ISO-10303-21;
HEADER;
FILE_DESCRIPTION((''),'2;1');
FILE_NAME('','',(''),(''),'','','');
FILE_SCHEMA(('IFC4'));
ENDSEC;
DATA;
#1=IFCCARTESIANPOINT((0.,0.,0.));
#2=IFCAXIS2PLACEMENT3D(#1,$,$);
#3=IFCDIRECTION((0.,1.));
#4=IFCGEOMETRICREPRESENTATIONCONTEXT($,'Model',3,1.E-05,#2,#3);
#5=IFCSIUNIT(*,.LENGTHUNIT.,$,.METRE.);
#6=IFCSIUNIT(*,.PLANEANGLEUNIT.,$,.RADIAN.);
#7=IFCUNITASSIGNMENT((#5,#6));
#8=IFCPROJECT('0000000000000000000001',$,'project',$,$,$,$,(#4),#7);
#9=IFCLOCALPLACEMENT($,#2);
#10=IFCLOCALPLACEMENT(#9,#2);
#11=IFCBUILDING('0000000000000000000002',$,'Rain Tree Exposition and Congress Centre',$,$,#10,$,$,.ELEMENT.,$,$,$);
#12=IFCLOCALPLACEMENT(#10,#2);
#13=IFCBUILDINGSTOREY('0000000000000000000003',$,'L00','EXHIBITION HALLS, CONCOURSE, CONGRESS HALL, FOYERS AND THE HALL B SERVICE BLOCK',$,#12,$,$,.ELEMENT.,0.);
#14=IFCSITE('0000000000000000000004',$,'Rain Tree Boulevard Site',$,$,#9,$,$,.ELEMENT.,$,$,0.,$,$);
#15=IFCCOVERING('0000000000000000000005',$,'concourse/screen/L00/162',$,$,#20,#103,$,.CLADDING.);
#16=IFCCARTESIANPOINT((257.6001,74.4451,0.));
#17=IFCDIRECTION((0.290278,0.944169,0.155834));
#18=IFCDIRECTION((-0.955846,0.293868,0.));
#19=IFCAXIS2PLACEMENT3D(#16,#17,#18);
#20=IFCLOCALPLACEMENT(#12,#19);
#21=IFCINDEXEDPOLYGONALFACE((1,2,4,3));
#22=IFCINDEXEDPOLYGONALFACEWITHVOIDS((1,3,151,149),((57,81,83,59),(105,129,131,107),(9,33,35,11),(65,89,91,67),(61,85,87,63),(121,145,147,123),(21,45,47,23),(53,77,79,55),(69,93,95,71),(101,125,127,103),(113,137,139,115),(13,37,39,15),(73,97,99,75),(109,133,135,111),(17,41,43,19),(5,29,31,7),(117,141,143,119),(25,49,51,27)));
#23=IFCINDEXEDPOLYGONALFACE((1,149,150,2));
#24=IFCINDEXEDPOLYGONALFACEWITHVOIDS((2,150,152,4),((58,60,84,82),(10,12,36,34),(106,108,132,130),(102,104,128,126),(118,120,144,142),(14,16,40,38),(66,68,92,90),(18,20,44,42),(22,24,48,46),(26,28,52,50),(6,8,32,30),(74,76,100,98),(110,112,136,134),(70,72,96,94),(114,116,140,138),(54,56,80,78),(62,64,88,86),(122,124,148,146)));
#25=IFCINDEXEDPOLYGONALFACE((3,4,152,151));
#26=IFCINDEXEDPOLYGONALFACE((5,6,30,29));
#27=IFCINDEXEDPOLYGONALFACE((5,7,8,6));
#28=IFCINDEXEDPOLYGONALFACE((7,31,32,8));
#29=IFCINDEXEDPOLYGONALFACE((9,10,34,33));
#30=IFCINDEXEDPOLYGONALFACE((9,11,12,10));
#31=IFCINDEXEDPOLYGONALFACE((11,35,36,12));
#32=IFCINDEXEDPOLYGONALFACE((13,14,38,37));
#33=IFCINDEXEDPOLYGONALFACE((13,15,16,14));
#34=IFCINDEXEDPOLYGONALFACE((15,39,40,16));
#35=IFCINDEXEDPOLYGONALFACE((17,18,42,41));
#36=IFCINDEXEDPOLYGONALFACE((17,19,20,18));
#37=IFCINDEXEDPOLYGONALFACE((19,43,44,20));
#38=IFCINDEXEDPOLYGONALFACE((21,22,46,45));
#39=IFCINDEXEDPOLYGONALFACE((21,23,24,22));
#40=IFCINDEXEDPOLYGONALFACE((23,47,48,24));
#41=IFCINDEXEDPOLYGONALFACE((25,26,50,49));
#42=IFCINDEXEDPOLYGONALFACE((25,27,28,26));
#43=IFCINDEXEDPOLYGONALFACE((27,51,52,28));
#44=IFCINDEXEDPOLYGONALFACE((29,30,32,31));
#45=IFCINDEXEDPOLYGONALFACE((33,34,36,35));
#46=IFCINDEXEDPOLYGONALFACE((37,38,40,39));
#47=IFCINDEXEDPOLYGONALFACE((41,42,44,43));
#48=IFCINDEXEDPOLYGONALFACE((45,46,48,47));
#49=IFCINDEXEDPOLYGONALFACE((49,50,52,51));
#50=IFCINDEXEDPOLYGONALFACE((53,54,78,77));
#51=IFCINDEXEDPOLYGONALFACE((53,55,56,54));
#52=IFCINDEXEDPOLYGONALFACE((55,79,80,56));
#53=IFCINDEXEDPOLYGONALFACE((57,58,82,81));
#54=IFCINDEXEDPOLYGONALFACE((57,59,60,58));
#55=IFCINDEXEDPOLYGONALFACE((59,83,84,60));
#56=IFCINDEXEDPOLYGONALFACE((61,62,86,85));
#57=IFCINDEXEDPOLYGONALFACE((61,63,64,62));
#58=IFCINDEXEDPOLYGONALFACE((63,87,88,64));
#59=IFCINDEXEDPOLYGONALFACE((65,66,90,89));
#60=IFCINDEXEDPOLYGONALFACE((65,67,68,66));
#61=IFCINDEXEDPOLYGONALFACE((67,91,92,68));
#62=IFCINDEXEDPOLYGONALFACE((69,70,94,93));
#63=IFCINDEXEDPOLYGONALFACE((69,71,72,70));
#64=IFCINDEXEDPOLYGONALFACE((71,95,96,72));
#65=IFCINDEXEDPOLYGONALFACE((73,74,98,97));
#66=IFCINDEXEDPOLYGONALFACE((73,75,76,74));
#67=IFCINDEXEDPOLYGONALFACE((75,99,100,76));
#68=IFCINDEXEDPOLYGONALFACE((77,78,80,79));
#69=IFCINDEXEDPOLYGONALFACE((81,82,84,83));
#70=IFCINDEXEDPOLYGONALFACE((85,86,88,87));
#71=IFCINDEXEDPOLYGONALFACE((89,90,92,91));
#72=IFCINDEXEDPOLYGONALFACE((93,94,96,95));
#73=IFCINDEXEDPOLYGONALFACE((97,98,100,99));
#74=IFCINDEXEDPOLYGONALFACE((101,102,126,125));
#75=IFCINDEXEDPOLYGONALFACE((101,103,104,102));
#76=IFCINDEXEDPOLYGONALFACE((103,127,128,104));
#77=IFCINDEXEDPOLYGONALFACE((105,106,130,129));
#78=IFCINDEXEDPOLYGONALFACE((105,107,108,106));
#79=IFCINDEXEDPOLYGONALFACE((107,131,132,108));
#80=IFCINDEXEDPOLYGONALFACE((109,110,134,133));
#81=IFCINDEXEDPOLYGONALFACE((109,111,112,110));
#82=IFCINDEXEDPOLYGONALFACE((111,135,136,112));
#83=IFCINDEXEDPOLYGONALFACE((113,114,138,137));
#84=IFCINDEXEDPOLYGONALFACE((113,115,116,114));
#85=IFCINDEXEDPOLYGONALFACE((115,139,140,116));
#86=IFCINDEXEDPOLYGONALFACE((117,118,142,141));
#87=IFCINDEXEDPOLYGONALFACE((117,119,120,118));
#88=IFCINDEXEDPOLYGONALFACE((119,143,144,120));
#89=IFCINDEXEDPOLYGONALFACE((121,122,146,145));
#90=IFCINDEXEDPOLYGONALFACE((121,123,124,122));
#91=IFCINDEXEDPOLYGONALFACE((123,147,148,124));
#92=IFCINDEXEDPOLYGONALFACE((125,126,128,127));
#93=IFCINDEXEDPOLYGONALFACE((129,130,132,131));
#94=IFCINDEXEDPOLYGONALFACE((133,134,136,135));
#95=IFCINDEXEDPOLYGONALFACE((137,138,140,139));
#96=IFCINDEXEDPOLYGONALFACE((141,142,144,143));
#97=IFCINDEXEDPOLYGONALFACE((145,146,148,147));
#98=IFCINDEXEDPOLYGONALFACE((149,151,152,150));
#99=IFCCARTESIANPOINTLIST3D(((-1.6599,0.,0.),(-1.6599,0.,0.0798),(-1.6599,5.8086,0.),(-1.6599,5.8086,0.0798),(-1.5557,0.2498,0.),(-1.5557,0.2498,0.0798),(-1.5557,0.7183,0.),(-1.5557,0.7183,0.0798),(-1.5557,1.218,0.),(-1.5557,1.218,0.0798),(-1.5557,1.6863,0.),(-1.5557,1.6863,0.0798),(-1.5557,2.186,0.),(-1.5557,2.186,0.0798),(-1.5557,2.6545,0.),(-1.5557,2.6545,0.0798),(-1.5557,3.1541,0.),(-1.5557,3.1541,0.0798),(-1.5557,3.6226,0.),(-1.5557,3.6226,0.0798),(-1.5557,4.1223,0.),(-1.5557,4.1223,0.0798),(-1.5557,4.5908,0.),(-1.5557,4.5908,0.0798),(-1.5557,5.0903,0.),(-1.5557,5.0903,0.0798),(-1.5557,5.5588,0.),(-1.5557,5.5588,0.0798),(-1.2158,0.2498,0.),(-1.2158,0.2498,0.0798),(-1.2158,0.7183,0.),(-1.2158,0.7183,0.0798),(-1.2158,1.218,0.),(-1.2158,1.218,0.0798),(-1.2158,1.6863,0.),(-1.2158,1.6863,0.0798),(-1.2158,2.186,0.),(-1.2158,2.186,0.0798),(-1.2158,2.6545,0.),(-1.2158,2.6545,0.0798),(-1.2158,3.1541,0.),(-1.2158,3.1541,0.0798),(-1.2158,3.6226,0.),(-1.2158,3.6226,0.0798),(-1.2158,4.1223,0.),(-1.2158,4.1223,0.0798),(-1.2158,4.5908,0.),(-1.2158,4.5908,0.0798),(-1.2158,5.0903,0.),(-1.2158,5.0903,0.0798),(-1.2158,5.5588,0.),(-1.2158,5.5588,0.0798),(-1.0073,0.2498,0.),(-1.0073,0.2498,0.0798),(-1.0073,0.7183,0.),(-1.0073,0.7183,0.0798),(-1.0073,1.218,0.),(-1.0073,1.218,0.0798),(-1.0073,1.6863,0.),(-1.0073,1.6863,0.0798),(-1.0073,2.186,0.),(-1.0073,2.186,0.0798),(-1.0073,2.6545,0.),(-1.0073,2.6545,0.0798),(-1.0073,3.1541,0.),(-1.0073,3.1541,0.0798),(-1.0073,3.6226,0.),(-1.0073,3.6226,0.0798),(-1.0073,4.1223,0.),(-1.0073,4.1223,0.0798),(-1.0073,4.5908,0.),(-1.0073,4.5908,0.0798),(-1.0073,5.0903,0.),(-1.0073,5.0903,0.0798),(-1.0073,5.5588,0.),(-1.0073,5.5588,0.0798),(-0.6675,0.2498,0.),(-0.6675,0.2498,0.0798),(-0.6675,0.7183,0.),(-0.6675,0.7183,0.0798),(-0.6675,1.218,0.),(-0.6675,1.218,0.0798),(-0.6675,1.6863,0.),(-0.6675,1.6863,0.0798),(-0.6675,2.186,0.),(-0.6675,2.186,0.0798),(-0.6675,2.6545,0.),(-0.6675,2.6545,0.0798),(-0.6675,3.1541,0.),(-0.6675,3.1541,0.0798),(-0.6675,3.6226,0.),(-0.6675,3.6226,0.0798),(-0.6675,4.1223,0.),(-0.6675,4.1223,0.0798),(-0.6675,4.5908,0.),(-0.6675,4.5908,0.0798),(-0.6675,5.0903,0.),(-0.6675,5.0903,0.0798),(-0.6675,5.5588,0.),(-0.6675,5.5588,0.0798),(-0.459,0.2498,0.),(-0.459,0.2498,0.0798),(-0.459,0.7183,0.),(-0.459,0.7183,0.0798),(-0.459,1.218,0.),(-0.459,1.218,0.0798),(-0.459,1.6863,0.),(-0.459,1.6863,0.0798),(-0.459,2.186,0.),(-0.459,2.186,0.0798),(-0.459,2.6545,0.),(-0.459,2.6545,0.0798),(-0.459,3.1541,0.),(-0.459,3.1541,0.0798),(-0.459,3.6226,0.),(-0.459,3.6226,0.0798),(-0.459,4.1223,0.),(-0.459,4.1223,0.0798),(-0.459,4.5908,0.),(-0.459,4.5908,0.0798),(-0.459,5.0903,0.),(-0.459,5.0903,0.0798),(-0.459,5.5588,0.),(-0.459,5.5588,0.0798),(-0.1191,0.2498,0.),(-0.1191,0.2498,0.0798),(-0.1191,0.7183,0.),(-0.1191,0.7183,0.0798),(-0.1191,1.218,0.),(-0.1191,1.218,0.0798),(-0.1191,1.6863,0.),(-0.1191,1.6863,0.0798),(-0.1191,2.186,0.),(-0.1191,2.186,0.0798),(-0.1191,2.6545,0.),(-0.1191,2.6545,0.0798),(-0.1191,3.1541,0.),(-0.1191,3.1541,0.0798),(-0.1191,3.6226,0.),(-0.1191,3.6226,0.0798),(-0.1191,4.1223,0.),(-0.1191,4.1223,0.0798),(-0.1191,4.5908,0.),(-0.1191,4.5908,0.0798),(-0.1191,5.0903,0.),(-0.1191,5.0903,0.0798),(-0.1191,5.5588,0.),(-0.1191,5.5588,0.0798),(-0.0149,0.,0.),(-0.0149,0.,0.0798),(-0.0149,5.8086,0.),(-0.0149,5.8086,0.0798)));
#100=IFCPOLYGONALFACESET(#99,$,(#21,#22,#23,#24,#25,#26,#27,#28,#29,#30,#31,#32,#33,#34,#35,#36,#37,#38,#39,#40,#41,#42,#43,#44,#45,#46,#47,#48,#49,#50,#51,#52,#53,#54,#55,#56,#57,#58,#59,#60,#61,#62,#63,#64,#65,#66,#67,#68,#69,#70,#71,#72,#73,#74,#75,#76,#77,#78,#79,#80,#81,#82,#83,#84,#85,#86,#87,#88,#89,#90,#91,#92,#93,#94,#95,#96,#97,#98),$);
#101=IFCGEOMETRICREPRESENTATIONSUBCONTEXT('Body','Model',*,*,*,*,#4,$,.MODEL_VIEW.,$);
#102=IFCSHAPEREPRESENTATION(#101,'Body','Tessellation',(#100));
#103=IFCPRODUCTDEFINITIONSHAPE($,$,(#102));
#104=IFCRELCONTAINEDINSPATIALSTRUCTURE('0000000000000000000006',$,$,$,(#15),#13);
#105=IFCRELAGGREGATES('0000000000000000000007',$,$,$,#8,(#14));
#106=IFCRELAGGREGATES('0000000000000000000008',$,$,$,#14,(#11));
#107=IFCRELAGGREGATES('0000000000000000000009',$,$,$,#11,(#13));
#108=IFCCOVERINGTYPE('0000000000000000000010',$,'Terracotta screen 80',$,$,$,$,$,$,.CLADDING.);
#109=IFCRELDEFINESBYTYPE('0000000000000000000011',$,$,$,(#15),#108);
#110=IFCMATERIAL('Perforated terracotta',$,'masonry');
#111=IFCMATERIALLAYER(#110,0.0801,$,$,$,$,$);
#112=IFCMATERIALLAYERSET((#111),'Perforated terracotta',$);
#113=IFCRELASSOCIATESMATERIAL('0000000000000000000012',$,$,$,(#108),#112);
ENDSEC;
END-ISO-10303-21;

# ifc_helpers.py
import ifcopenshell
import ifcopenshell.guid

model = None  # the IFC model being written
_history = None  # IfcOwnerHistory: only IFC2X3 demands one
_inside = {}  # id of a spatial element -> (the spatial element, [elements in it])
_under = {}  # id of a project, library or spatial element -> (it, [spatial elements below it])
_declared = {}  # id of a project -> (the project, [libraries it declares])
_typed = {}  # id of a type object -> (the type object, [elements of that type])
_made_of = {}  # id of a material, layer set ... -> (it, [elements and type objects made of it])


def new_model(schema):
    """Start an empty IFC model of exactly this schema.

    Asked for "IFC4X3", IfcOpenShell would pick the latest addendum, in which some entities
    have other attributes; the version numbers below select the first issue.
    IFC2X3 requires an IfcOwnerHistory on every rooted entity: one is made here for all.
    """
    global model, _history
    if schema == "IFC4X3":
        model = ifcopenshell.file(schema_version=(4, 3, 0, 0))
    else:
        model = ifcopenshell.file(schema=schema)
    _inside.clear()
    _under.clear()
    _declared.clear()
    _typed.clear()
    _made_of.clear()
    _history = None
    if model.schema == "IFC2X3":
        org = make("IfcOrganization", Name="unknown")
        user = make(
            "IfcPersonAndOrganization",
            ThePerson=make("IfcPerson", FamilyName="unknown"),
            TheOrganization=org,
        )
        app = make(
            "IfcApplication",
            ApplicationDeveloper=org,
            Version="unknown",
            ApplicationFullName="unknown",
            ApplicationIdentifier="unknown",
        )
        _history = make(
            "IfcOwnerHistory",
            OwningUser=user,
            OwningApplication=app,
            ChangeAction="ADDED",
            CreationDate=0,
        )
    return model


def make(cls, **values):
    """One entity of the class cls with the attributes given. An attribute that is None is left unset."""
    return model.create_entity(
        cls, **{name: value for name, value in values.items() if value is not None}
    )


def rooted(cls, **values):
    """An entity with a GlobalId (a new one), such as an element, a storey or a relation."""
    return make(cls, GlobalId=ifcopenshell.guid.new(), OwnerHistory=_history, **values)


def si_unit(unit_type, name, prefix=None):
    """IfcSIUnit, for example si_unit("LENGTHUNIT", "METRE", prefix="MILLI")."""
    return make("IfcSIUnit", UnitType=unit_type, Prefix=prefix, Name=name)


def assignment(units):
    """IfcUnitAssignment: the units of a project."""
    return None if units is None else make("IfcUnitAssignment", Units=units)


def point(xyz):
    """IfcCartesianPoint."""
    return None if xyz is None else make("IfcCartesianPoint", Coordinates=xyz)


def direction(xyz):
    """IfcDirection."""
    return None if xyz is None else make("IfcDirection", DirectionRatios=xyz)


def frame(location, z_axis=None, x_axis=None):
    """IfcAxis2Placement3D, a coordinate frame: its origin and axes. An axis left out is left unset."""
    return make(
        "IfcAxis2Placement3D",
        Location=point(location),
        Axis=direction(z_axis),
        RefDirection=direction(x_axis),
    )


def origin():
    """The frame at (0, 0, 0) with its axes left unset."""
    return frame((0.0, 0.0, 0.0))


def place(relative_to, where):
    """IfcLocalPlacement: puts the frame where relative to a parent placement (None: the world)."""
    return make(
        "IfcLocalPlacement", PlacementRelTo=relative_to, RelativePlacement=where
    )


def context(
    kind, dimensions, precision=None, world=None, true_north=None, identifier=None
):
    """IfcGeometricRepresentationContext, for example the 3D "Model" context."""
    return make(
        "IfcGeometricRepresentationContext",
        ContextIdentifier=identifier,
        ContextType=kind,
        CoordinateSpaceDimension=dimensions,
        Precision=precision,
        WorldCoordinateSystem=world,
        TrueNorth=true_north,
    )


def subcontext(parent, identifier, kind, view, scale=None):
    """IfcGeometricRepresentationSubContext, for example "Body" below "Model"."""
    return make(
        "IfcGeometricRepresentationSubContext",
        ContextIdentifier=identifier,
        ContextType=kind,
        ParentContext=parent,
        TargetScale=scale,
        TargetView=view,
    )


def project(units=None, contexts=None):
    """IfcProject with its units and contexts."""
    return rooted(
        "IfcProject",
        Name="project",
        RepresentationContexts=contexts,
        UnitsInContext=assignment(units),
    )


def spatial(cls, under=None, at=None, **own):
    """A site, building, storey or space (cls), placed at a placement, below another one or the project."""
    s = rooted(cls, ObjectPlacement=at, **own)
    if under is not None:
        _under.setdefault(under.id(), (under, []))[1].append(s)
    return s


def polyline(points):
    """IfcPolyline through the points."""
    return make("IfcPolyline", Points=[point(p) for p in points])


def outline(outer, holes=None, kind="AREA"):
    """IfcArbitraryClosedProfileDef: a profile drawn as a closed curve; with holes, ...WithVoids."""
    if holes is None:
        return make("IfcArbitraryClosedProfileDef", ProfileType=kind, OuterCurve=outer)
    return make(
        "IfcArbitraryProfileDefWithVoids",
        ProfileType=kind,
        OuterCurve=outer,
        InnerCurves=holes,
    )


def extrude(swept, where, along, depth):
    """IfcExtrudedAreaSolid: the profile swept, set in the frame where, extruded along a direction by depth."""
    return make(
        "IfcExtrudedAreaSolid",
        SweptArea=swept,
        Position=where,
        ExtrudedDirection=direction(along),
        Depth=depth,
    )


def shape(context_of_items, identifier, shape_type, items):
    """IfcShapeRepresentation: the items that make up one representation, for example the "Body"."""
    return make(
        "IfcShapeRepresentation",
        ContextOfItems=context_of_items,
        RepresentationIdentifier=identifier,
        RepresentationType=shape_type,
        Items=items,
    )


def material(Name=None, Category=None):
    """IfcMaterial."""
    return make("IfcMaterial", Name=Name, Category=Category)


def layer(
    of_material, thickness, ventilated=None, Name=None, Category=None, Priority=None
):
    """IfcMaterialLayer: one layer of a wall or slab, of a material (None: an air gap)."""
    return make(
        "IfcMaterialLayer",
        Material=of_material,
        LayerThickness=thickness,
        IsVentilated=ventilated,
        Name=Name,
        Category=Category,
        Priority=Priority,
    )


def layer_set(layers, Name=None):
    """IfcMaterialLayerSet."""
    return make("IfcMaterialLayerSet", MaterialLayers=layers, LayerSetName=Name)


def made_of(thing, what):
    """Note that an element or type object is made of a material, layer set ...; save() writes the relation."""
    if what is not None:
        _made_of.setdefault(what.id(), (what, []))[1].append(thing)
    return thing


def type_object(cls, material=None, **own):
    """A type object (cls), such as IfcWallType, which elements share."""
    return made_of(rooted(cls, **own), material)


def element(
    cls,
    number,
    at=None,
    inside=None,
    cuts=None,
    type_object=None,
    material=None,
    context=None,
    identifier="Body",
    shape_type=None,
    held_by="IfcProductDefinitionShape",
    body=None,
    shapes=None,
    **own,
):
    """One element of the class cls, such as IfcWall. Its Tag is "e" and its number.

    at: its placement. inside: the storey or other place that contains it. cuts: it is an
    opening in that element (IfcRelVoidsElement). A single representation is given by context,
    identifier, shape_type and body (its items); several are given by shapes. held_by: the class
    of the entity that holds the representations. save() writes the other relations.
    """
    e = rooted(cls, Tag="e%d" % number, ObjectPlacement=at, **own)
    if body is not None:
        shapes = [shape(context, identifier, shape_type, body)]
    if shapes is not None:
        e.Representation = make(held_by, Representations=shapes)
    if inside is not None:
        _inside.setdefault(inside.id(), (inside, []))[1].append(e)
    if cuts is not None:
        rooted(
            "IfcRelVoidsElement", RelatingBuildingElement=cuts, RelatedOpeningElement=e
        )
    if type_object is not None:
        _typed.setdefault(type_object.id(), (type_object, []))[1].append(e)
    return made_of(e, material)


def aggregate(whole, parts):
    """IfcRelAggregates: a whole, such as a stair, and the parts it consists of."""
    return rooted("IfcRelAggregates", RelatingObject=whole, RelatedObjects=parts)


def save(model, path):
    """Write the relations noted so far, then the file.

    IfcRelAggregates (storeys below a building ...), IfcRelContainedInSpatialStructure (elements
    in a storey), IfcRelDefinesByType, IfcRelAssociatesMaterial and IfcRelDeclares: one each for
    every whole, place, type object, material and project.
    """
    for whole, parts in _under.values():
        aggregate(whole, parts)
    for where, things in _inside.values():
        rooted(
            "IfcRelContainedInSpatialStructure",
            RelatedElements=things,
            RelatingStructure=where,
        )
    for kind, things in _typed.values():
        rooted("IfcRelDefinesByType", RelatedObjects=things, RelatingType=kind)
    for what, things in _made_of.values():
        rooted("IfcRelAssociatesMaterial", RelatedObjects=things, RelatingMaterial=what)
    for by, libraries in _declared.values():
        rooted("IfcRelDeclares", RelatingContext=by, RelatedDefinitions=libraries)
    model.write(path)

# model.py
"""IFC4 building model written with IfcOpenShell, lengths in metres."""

from ifc_helpers import new_model, si_unit, direction, frame, origin, place, context, subcontext, project, spatial, polyline, outline, extrude, material, layer, layer_set, type_object, element, save


model = new_model("IFC4")

# Units and contexts
model_context = context("Model", 3, precision=1e-05, world=origin(), true_north=direction((0.0, 1.0)))
body_context = subcontext(model_context, "Body", "Model", "MODEL_VIEW")
ifc_project = project(units=[si_unit("LENGTHUNIT", "METRE"), si_unit("PLANEANGLEUNIT", "RADIAN")], contexts=[model_context])

# Site, building, storey
site_placement = place(None, origin())
site = spatial("IfcSite", under=ifc_project, at=site_placement, Name="Rain Tree Boulevard Site", CompositionType="ELEMENT", RefElevation=0.0)
building_placement = place(site_placement, origin())
building = spatial("IfcBuilding", under=site, at=building_placement, Name="Rain Tree Exposition and Congress Centre", CompositionType="ELEMENT")
storey_placement = place(building_placement, origin())
storey = spatial("IfcBuildingStorey", under=building, at=storey_placement, Name="L00", Description="EXHIBITION HALLS, CONCOURSE, CONGRESS HALL, FOYERS AND THE HALL B SERVICE BLOCK", CompositionType="ELEMENT", Elevation=0.0)

# Covering
ifc_material_1 = material(Name="Perforated terracotta", Category="masonry")
ifc_layer_1 = layer(ifc_material_1, 0.0801)
ifc_layer_set_1 = layer_set([ifc_layer_1], Name="Perforated terracotta")
covering_type = type_object("IfcCoveringType", Name="Terracotta screen 80", PredefinedType="CLADDING", material=ifc_layer_set_1)
covering_1_placement = place(storey_placement, frame((257.6001, 74.4451, 0.0), z_axis=(0.290278, 0.944169, 0.155834), x_axis=(-0.955846, 0.293868, 0.0)))
element("IfcCovering", 1, at=covering_1_placement, inside=storey, type_object=covering_type, Name="concourse/screen/L00/162", PredefinedType="CLADDING", context=body_context, shape_type="SweptSolid", body=[
    extrude(outline(polyline([(-0.0149, 0.0), (-1.6599, 0.0), (-1.6599, 5.8086), (-0.0149, 5.8086), (-0.0149, 0.0)]), holes=[polyline([(-0.1191, 0.2498), (-0.1191, 0.7183), (-0.459, 0.7183), (-0.459, 0.2498), (-0.1191, 0.2498)]), polyline([(-0.1191, 1.218), (-0.1191, 1.6863), (-0.459, 1.6863), (-0.459, 1.218), (-0.1191, 1.218)]), polyline([(-0.1191, 2.186), (-0.1191, 2.6545), (-0.459, 2.6545), (-0.459, 2.186), (-0.1191, 2.186)]), polyline([(-0.1191, 3.1541), (-0.1191, 3.6226), (-0.459, 3.6226), (-0.459, 3.1541), (-0.1191, 3.1541)]), polyline([(-0.1191, 4.1223), (-0.1191, 4.5908), (-0.459, 4.5908), (-0.459, 4.1223), (-0.1191, 4.1223)]), polyline([(-0.1191, 5.0903), (-0.1191, 5.5588), (-0.459, 5.5588), (-0.459, 5.0903), (-0.1191, 5.0903)]), polyline([(-0.6675, 0.2498), (-0.6675, 0.7183), (-1.0073, 0.7183), (-1.0073, 0.2498), (-0.6675, 0.2498)]), polyline([(-0.6675, 1.218), (-0.6675, 1.6863), (-1.0073, 1.6863), (-1.0073, 1.218), (-0.6675, 1.218)]), polyline([(-0.6675, 2.186), (-0.6675, 2.6545), (-1.0073, 2.6545), (-1.0073, 2.186), (-0.6675, 2.186)]), polyline([(-0.6675, 3.1541), (-0.6675, 3.6226), (-1.0073, 3.6226), (-1.0073, 3.1541), (-0.6675, 3.1541)]), polyline([(-0.6675, 4.1223), (-0.6675, 4.5908), (-1.0073, 4.5908), (-1.0073, 4.1223), (-0.6675, 4.1223)]), polyline([(-0.6675, 5.0903), (-0.6675, 5.5588), (-1.0073, 5.5588), (-1.0073, 5.0903), (-0.6675, 5.0903)]), polyline([(-1.2158, 0.2498), (-1.2158, 0.7183), (-1.5557, 0.7183), (-1.5557, 0.2498), (-1.2158, 0.2498)]), polyline([(-1.2158, 1.218), (-1.2158, 1.6863), (-1.5557, 1.6863), (-1.5557, 1.218), (-1.2158, 1.218)]), polyline([(-1.2158, 2.186), (-1.2158, 2.6545), (-1.5557, 2.6545), (-1.5557, 2.186), (-1.2158, 2.186)]), polyline([(-1.2158, 3.1541), (-1.2158, 3.6226), (-1.5557, 3.6226), (-1.5557, 3.1541), (-1.2158, 3.1541)]), polyline([(-1.2158, 4.1223), (-1.2158, 4.5908), (-1.5557, 4.5908), (-1.5557, 4.1223), (-1.2158, 4.1223)]), polyline([(-1.2158, 5.0903), (-1.2158, 5.5588), (-1.5557, 5.5588), (-1.5557, 5.0903), (-1.2158, 5.0903)])]), origin(), (0.0, 0.0, 1.0), 0.0798),
])

save(model, "model.ifc")
